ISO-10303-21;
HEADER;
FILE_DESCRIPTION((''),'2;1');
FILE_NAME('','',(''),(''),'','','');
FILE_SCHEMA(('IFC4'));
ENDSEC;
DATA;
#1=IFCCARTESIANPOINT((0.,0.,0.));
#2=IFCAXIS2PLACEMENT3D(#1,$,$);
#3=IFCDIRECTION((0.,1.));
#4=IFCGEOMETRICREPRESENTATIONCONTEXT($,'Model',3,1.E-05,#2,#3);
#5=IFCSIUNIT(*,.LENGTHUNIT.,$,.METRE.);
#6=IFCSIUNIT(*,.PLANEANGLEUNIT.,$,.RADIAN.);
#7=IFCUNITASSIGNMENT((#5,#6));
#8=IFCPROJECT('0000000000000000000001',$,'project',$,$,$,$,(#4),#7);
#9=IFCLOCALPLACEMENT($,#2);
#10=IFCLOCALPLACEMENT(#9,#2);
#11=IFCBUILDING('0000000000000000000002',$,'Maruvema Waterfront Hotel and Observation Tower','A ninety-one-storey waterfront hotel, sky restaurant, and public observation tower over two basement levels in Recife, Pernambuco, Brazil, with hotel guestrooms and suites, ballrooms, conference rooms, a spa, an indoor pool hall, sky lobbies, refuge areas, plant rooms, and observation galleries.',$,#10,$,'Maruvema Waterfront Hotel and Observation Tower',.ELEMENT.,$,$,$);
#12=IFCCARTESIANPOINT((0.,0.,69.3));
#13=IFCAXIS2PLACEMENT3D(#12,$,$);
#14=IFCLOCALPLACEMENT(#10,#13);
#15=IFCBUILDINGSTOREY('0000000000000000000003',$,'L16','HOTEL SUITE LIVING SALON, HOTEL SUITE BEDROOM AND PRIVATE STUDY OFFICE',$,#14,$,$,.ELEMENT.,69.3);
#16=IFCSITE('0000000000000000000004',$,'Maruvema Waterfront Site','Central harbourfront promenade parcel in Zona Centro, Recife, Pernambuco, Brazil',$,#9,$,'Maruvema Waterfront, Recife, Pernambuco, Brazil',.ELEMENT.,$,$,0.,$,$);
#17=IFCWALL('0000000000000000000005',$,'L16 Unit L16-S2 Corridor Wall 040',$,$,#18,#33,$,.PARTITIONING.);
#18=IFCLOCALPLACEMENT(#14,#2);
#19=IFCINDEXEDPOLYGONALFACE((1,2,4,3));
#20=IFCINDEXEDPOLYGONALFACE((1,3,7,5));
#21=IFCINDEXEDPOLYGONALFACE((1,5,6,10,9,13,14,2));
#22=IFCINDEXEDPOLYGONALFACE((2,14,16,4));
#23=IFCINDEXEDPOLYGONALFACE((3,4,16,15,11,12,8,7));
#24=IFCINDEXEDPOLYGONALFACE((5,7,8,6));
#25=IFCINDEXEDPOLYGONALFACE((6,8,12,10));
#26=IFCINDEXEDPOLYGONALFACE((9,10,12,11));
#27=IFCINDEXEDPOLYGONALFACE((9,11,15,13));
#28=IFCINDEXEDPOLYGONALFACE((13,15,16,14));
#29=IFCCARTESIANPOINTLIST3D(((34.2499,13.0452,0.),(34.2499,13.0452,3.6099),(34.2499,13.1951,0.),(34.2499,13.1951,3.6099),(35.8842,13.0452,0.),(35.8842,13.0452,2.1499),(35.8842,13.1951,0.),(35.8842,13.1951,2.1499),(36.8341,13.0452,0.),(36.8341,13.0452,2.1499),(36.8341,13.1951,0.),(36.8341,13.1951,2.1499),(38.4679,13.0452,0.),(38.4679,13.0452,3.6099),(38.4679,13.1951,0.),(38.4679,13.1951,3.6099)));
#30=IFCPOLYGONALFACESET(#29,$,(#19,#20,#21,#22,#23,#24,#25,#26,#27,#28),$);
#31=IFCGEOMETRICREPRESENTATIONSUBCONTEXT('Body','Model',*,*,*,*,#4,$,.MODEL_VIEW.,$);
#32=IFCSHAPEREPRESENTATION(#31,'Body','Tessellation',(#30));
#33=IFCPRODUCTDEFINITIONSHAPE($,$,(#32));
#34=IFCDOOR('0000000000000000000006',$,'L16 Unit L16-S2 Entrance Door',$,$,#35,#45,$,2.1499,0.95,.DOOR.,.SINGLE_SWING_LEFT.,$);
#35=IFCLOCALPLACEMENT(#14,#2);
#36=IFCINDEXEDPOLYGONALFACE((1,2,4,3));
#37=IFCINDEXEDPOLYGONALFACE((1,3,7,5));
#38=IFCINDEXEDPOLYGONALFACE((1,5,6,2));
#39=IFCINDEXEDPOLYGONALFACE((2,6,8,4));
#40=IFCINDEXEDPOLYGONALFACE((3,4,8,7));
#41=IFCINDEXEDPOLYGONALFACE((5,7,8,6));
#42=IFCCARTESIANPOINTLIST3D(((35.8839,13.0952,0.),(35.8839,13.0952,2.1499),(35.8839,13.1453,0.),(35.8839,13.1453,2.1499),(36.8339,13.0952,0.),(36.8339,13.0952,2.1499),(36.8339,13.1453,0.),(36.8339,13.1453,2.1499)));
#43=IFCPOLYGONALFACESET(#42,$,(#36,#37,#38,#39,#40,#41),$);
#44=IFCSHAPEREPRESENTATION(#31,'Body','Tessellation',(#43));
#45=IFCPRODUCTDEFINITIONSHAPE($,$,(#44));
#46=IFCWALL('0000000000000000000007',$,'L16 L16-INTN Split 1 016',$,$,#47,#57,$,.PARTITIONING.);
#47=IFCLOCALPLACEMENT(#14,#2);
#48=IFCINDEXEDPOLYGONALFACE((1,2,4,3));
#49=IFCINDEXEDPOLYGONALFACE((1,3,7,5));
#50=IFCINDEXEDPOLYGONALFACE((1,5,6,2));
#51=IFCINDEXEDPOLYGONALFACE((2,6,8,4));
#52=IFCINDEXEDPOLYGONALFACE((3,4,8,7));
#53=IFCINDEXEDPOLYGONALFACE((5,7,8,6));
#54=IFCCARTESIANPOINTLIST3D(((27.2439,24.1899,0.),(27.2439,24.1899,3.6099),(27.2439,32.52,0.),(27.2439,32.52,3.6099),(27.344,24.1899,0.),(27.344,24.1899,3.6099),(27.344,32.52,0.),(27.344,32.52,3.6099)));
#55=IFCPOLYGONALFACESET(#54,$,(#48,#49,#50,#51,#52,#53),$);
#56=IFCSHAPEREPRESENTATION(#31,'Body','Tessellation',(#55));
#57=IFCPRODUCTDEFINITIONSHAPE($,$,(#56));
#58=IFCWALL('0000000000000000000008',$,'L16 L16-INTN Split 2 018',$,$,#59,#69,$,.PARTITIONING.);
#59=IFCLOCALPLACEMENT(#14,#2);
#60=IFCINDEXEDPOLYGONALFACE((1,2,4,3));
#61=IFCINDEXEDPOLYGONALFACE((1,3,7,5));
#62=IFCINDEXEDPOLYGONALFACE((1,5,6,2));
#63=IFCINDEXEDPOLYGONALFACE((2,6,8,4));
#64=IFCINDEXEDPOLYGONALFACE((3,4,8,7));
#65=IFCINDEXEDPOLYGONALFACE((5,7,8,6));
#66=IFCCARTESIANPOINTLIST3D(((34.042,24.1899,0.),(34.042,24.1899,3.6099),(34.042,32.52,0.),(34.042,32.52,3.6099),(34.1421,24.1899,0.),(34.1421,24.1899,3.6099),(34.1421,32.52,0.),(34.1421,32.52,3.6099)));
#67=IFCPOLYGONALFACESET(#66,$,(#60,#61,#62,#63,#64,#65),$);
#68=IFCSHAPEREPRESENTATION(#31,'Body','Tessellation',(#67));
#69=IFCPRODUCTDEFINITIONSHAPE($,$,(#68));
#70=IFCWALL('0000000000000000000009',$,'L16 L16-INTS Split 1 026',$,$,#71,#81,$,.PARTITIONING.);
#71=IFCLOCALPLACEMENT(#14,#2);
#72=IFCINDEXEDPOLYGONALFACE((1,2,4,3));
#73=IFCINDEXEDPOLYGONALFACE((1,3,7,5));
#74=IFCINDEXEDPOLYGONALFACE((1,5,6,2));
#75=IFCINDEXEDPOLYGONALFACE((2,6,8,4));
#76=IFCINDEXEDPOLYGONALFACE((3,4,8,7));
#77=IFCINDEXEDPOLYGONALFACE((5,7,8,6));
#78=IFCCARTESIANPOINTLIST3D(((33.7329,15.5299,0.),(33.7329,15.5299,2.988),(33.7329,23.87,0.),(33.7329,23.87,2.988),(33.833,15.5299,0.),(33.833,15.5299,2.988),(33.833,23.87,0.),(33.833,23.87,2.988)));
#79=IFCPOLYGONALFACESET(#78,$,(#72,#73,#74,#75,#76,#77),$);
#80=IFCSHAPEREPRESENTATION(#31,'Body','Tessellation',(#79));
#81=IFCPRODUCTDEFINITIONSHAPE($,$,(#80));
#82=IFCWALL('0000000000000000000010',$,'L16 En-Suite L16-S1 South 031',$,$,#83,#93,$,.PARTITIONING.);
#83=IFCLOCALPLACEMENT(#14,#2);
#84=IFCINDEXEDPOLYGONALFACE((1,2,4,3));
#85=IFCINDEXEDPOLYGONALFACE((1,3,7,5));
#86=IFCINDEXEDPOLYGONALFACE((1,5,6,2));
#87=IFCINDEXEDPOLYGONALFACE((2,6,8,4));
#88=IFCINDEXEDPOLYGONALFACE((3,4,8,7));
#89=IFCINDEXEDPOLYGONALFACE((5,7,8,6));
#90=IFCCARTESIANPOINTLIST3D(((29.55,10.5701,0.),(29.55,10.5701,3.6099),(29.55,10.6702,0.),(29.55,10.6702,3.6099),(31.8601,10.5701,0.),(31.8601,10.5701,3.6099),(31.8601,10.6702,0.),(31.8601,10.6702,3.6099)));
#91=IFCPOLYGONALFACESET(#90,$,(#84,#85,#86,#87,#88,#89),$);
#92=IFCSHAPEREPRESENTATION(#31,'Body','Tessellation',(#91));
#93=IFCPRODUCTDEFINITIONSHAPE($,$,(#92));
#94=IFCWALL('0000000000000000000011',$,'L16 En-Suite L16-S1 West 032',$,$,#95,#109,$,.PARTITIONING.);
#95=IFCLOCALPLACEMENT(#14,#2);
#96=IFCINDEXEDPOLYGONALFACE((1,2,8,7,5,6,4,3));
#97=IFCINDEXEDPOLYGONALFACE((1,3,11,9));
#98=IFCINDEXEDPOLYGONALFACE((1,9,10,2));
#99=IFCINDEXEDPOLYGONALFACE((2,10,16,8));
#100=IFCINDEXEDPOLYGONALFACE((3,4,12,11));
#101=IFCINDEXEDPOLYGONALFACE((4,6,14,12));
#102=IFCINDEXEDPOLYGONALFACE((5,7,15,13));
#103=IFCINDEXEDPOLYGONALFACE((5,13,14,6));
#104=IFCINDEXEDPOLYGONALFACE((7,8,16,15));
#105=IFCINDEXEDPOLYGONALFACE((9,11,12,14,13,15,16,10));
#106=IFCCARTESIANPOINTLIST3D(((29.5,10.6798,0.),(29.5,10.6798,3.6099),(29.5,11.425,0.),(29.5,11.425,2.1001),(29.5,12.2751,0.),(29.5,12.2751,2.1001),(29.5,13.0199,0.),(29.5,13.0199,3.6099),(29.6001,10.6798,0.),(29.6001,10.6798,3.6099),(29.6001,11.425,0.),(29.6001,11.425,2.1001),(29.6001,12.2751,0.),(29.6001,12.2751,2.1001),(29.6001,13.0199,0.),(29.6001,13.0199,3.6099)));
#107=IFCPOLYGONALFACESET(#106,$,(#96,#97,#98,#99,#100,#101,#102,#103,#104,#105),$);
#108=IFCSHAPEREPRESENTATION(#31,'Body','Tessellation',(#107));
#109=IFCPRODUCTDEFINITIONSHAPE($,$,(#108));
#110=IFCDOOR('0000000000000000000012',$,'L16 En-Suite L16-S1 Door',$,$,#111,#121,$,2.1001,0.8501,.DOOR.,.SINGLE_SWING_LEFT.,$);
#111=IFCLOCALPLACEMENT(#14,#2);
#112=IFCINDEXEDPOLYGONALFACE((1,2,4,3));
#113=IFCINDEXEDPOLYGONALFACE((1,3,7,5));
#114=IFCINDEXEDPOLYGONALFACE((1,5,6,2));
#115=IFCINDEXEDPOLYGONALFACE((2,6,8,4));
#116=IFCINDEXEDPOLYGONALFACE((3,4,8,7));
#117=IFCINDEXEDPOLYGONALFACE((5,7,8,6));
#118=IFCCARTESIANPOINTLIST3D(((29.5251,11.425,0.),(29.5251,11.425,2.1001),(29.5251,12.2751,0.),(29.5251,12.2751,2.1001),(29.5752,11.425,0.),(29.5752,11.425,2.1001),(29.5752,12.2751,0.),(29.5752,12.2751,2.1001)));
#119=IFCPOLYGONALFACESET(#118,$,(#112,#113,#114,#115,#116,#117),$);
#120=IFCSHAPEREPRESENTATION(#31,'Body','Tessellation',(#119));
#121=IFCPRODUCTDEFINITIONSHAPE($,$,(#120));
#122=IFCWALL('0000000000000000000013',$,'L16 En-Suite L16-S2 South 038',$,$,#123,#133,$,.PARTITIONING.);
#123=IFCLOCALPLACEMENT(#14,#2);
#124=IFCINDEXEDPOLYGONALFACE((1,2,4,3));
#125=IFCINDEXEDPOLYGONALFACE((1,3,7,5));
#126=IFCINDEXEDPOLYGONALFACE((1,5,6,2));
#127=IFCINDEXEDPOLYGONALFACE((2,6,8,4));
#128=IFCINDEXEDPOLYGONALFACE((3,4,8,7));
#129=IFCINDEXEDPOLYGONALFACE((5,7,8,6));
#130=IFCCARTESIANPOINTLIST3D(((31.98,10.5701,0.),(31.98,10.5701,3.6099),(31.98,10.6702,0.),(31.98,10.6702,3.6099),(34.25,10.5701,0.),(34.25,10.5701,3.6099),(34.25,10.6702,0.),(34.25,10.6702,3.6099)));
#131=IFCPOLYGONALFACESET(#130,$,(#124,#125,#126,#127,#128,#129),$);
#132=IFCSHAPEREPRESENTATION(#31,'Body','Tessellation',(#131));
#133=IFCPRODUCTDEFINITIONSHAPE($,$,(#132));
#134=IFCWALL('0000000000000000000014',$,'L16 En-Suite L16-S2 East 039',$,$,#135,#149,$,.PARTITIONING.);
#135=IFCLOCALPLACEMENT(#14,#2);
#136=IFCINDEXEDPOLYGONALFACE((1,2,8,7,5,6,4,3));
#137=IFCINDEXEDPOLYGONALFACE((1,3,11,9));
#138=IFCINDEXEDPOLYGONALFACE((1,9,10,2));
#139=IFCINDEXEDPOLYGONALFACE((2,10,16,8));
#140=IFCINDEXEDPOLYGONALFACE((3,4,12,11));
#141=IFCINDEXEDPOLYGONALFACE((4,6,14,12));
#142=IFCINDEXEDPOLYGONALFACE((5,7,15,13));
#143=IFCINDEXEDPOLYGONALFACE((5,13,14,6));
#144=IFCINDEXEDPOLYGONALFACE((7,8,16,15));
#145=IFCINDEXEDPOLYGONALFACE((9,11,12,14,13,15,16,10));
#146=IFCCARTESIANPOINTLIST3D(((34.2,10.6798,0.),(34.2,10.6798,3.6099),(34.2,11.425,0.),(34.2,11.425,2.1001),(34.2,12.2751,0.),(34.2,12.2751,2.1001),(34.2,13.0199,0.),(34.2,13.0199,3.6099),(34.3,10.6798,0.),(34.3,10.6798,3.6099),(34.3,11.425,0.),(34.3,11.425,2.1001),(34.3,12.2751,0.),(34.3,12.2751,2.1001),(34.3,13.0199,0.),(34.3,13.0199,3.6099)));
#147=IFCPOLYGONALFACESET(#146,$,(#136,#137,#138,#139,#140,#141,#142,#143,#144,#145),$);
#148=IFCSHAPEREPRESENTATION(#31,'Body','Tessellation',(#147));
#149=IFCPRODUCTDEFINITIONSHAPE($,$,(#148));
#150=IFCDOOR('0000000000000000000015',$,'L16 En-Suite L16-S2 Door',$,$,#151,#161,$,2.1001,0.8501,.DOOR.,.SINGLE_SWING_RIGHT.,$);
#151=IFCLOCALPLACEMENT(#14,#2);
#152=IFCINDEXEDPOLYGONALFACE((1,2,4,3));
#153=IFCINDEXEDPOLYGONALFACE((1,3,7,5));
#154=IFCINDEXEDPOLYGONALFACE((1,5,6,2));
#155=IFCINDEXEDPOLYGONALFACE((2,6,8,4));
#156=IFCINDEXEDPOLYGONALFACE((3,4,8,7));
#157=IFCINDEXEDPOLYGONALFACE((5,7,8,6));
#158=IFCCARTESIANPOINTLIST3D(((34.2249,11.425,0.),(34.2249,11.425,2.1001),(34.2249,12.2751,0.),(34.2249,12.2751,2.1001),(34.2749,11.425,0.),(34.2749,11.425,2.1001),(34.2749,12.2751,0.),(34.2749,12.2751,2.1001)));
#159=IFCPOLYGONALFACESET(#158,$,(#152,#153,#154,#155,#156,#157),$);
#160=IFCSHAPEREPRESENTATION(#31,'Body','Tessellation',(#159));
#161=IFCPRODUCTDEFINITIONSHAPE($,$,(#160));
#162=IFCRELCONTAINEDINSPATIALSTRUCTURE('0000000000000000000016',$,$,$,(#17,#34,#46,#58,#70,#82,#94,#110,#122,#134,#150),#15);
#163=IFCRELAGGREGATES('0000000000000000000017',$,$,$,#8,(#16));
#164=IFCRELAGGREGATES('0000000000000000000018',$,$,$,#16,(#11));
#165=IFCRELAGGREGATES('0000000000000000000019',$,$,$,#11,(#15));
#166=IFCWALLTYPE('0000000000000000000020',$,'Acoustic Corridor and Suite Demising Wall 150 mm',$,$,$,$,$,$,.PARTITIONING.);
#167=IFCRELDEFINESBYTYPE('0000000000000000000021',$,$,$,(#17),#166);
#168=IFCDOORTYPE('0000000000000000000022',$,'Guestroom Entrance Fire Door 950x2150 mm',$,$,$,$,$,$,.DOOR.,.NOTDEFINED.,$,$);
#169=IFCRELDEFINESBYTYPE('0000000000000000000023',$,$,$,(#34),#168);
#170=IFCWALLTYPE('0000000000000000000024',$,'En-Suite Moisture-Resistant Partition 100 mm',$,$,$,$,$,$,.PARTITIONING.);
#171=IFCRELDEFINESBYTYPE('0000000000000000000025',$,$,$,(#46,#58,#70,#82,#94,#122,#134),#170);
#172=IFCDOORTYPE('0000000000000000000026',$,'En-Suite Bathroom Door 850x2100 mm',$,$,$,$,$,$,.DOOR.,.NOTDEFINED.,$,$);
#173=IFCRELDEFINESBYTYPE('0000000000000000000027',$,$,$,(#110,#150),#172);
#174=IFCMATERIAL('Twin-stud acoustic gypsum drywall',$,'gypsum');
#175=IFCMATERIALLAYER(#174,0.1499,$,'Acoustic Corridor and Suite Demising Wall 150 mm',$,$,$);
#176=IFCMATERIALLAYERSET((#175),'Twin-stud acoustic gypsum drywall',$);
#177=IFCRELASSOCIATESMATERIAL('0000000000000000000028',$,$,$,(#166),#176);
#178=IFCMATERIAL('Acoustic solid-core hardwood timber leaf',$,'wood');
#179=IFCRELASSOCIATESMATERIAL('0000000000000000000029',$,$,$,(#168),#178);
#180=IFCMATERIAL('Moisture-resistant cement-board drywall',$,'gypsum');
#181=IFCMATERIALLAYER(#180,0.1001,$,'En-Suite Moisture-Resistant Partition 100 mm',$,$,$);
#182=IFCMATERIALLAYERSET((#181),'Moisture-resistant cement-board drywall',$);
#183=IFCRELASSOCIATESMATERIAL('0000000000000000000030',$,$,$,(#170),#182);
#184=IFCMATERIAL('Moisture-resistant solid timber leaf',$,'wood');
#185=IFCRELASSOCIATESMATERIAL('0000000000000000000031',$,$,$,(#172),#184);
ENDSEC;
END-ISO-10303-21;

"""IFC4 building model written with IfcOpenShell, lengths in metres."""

from ifc_helpers import new_model, si_unit, direction, frame, frame_2d, origin, place, context, subcontext, project, spatial, rectangle, extrude, material, layer, layer_set, type_object, element, fill, save


model = new_model("IFC4")

# Units and contexts
model_context = context("Model", 3, precision=1e-05, world=origin(), true_north=direction((0.0, 1.0)))
body_context = subcontext(model_context, "Body", "Model", "MODEL_VIEW")
ifc_project = project(units=[si_unit("LENGTHUNIT", "METRE"), si_unit("PLANEANGLEUNIT", "RADIAN")], contexts=[model_context])

# Site, building, storey
site_placement = place(None, origin())
site = spatial("IfcSite", under=ifc_project, at=site_placement, Name="Maruvema Waterfront Site", Description="Central harbourfront promenade parcel in Zona Centro, Recife, Pernambuco, Brazil", LongName="Maruvema Waterfront, Recife, Pernambuco, Brazil", CompositionType="ELEMENT", RefElevation=0.0)
building_placement = place(site_placement, origin())
building = spatial("IfcBuilding", under=site, at=building_placement, Name="Maruvema Waterfront Hotel and Observation Tower", Description="A ninety-one-storey waterfront hotel, sky restaurant, and public observation tower over two basement levels in Recife, Pernambuco, Brazil, with hotel guestrooms and suites, ballrooms, conference rooms, a spa, an indoor pool hall, sky lobbies, refuge areas, plant rooms, and observation galleries.", LongName="Maruvema Waterfront Hotel and Observation Tower", CompositionType="ELEMENT")
storey_placement = place(building_placement, frame((0.0, 0.0, 69.3)))
storey = spatial("IfcBuildingStorey", under=building, at=storey_placement, Name="L16", Description="HOTEL SUITE LIVING SALON, HOTEL SUITE BEDROOM AND PRIVATE STUDY OFFICE", CompositionType="ELEMENT", Elevation=69.3)

# Shared definitions
ifc_material_1 = material(Name="Twin-stud acoustic gypsum drywall", Category="gypsum")
ifc_layer_1 = layer(ifc_material_1, 0.1499, Name="Acoustic Corridor and Suite Demising Wall 150 mm")
ifc_layer_set_1 = layer_set([ifc_layer_1], Name="Twin-stud acoustic gypsum drywall")
wall_type_1 = type_object("IfcWallType", Name="Acoustic Corridor and Suite Demising Wall 150 mm", PredefinedType="PARTITIONING", material=ifc_layer_set_1)

# Shared definitions
ifc_material_2 = material(Name="Acoustic solid-core hardwood timber leaf", Category="wood")
door_type_1 = type_object("IfcDoorType", Name="Guestroom Entrance Fire Door 950x2150 mm", OperationType="NOTDEFINED", PredefinedType="DOOR", material=ifc_material_2)

# Wall, opening, door
wall_1_placement = place(storey_placement, frame((34.25, 13.1201, 0.0), z_axis=(0.0, 0.0, 1.0), x_axis=(1.0, 0.0, 0.0)))
wall_1 = element("IfcWall", 1, at=wall_1_placement, inside=storey, type_object=wall_type_1, Name="L16 Unit L16-S2 Corridor Wall 040", PredefinedType="PARTITIONING", context=body_context, shape_type="SweptSolid", body=[
    extrude(rectangle(XDim=4.218, YDim=0.1499, at=frame_2d((2.1089, 0.0))), origin(), (0.0, 0.0, 1.0), 3.6099),
])
opening_1_placement = place(wall_1_placement, frame((1.634, 0.0, 0.0)))
opening_1 = element("IfcOpeningElement", 2, at=opening_1_placement, cuts=wall_1, PredefinedType="OPENING", context=body_context, shape_type="SweptSolid", body=[
    extrude(rectangle(XDim=0.95, YDim=2.1499, at=frame_2d((0.4751, 1.075))), frame((0.0, 0.085, 0.0), z_axis=(0.0, -1.0, 0.0), x_axis=(1.0, 0.0, 0.0)), (0.0, 0.0, 1.0), 0.1699),
])
door_1_placement = place(opening_1_placement, frame((0.95, 0.0, 0.0), z_axis=(0.0, 0.0, 1.0), x_axis=(-1.0, 0.0, 0.0)))
door_1 = element("IfcDoor", 3, at=door_1_placement, inside=storey, type_object=door_type_1, Name="L16 Unit L16-S2 Entrance Door", OperationType="SINGLE_SWING_LEFT", OverallHeight=2.1499, OverallWidth=0.95, PredefinedType="DOOR", context=body_context, shape_type="SweptSolid", body=[
    extrude(rectangle(XDim=0.95, YDim=2.1499, at=frame_2d((0.4751, 1.075))), frame((0.0, 0.0249, 0.0), z_axis=(0.0, -1.0, 0.0), x_axis=(1.0, 0.0, 0.0)), (0.0, 0.0, 1.0), 0.05),
])
fill(opening_1, door_1)

# Walls
ifc_material_3 = material(Name="Moisture-resistant cement-board drywall", Category="gypsum")
ifc_layer_2 = layer(ifc_material_3, 0.1001, Name="En-Suite Moisture-Resistant Partition 100 mm")
ifc_layer_set_2 = layer_set([ifc_layer_2], Name="Moisture-resistant cement-board drywall")
wall_type_2 = type_object("IfcWallType", Name="En-Suite Moisture-Resistant Partition 100 mm", PredefinedType="PARTITIONING", material=ifc_layer_set_2)
for number, where, z_axis, x_axis, name in (
    (4, (27.2939, 24.1899, 0.0), (0.0, 0.0, 1.0), (0.0, 1.0, 0.0), "L16 L16-INTN Split 1 016"),
    (5, (34.092, 24.1899, 0.0), (0.0, 0.0, 1.0), (0.0, 1.0, 0.0), "L16 L16-INTN Split 2 018"),
):
    element("IfcWall", number, at=place(storey_placement, frame(where, z_axis=z_axis, x_axis=x_axis)), inside=storey, type_object=wall_type_2, Name=name, PredefinedType="PARTITIONING", context=body_context, shape_type="SweptSolid", body=[
        extrude(rectangle(XDim=8.3301, YDim=0.1001, at=frame_2d((4.165, 0.0))), origin(), (0.0, 0.0, 1.0), 3.6099),
    ])
wall_2_placement = place(storey_placement, frame((33.783, 15.53, 0.0), z_axis=(0.0, 0.0, 1.0), x_axis=(0.0, 1.0, 0.0)))
element("IfcWall", 6, at=wall_2_placement, inside=storey, type_object=wall_type_2, Name="L16 L16-INTS Split 1 026", PredefinedType="PARTITIONING", context=body_context, shape_type="SweptSolid", body=[
    extrude(rectangle(XDim=8.3401, YDim=0.1001, at=frame_2d((4.1699, 0.0))), origin(), (0.0, 0.0, 1.0), 2.988),
])
wall_3_placement = place(storey_placement, frame((29.55, 10.6201, 0.0), z_axis=(0.0, 0.0, 1.0), x_axis=(1.0, 0.0, 0.0)))
element("IfcWall", 7, at=wall_3_placement, inside=storey, type_object=wall_type_2, Name="L16 En-Suite L16-S1 South 031", PredefinedType="PARTITIONING", context=body_context, shape_type="SweptSolid", body=[
    extrude(rectangle(XDim=2.3101, YDim=0.1001, at=frame_2d((1.155, 0.0))), origin(), (0.0, 0.0, 1.0), 3.6099),
])

# Wall, opening, door
wall_4_placement = place(storey_placement, frame((29.55, 10.6799, 0.0), z_axis=(0.0, 0.0, 1.0), x_axis=(0.0, 1.0, 0.0)))
wall_4 = element("IfcWall", 8, at=wall_4_placement, inside=storey, type_object=wall_type_2, Name="L16 En-Suite L16-S1 West 032", PredefinedType="PARTITIONING", context=body_context, shape_type="SweptSolid", body=[
    extrude(rectangle(XDim=2.3401, YDim=0.1001, at=frame_2d((1.1699, 0.0))), origin(), (0.0, 0.0, 1.0), 3.6099),
])
opening_2_placement = place(wall_4_placement, frame((0.7451, 0.0, 0.0)))
opening_2 = element("IfcOpeningElement", 9, at=opening_2_placement, cuts=wall_4, PredefinedType="OPENING", context=body_context, shape_type="SweptSolid", body=[
    extrude(rectangle(XDim=0.8501, YDim=2.1001, at=frame_2d((0.425, 1.05))), frame((0.0, 0.0601, 0.0), z_axis=(0.0, -1.0, 0.0), x_axis=(1.0, 0.0, 0.0)), (0.0, 0.0, 1.0), 0.1201),
])
ifc_material_4 = material(Name="Moisture-resistant solid timber leaf", Category="wood")
door_type_2 = type_object("IfcDoorType", Name="En-Suite Bathroom Door 850x2100 mm", OperationType="NOTDEFINED", PredefinedType="DOOR", material=ifc_material_4)
door_2_placement = place(opening_2_placement, origin())
door_2 = element("IfcDoor", 10, at=door_2_placement, inside=storey, type_object=door_type_2, Name="L16 En-Suite L16-S1 Door", OperationType="SINGLE_SWING_LEFT", OverallHeight=2.1001, OverallWidth=0.8501, PredefinedType="DOOR", context=body_context, shape_type="SweptSolid", body=[
    extrude(rectangle(XDim=0.8501, YDim=2.1001, at=frame_2d((0.425, 1.05))), frame((0.0, 0.0249, 0.0), z_axis=(0.0, -1.0, 0.0), x_axis=(1.0, 0.0, 0.0)), (0.0, 0.0, 1.0), 0.05),
])
fill(opening_2, door_2)

# Wall
wall_5_placement = place(storey_placement, frame((31.98, 10.6201, 0.0), z_axis=(0.0, 0.0, 1.0), x_axis=(1.0, 0.0, 0.0)))
element("IfcWall", 11, at=wall_5_placement, inside=storey, type_object=wall_type_2, Name="L16 En-Suite L16-S2 South 038", PredefinedType="PARTITIONING", context=body_context, shape_type="SweptSolid", body=[
    extrude(rectangle(XDim=2.27, YDim=0.1001, at=frame_2d((1.135, 0.0))), origin(), (0.0, 0.0, 1.0), 3.6099),
])

# Wall, opening, door
wall_6_placement = place(storey_placement, frame((34.25, 10.6799, 0.0), z_axis=(0.0, 0.0, 1.0), x_axis=(0.0, 1.0, 0.0)))
wall_6 = element("IfcWall", 12, at=wall_6_placement, inside=storey, type_object=wall_type_2, Name="L16 En-Suite L16-S2 East 039", PredefinedType="PARTITIONING", context=body_context, shape_type="SweptSolid", body=[
    extrude(rectangle(XDim=2.3401, YDim=0.1001, at=frame_2d((1.1699, 0.0))), origin(), (0.0, 0.0, 1.0), 3.6099),
])
opening_3_placement = place(wall_6_placement, frame((0.7451, 0.0, 0.0)))
opening_3 = element("IfcOpeningElement", 13, at=opening_3_placement, cuts=wall_6, PredefinedType="OPENING", context=body_context, shape_type="SweptSolid", body=[
    extrude(rectangle(XDim=0.8501, YDim=2.1001, at=frame_2d((0.425, 1.05))), frame((0.0, 0.0601, 0.0), z_axis=(0.0, -1.0, 0.0), x_axis=(1.0, 0.0, 0.0)), (0.0, 0.0, 1.0), 0.1201),
])
door_3_placement = place(opening_3_placement, frame((0.8501, 0.0, 0.0), z_axis=(0.0, 0.0, 1.0), x_axis=(-1.0, 0.0, 0.0)))
door_3 = element("IfcDoor", 14, at=door_3_placement, inside=storey, type_object=door_type_2, Name="L16 En-Suite L16-S2 Door", OperationType="SINGLE_SWING_RIGHT", OverallHeight=2.1001, OverallWidth=0.8501, PredefinedType="DOOR", context=body_context, shape_type="SweptSolid", body=[
    extrude(rectangle(XDim=0.8501, YDim=2.1001, at=frame_2d((0.425, 1.05))), frame((0.0, 0.0249, 0.0), z_axis=(0.0, -1.0, 0.0), x_axis=(1.0, 0.0, 0.0)), (0.0, 0.0, 1.0), 0.05),
])
fill(opening_3, door_3)

save(model, "model.ifc")
